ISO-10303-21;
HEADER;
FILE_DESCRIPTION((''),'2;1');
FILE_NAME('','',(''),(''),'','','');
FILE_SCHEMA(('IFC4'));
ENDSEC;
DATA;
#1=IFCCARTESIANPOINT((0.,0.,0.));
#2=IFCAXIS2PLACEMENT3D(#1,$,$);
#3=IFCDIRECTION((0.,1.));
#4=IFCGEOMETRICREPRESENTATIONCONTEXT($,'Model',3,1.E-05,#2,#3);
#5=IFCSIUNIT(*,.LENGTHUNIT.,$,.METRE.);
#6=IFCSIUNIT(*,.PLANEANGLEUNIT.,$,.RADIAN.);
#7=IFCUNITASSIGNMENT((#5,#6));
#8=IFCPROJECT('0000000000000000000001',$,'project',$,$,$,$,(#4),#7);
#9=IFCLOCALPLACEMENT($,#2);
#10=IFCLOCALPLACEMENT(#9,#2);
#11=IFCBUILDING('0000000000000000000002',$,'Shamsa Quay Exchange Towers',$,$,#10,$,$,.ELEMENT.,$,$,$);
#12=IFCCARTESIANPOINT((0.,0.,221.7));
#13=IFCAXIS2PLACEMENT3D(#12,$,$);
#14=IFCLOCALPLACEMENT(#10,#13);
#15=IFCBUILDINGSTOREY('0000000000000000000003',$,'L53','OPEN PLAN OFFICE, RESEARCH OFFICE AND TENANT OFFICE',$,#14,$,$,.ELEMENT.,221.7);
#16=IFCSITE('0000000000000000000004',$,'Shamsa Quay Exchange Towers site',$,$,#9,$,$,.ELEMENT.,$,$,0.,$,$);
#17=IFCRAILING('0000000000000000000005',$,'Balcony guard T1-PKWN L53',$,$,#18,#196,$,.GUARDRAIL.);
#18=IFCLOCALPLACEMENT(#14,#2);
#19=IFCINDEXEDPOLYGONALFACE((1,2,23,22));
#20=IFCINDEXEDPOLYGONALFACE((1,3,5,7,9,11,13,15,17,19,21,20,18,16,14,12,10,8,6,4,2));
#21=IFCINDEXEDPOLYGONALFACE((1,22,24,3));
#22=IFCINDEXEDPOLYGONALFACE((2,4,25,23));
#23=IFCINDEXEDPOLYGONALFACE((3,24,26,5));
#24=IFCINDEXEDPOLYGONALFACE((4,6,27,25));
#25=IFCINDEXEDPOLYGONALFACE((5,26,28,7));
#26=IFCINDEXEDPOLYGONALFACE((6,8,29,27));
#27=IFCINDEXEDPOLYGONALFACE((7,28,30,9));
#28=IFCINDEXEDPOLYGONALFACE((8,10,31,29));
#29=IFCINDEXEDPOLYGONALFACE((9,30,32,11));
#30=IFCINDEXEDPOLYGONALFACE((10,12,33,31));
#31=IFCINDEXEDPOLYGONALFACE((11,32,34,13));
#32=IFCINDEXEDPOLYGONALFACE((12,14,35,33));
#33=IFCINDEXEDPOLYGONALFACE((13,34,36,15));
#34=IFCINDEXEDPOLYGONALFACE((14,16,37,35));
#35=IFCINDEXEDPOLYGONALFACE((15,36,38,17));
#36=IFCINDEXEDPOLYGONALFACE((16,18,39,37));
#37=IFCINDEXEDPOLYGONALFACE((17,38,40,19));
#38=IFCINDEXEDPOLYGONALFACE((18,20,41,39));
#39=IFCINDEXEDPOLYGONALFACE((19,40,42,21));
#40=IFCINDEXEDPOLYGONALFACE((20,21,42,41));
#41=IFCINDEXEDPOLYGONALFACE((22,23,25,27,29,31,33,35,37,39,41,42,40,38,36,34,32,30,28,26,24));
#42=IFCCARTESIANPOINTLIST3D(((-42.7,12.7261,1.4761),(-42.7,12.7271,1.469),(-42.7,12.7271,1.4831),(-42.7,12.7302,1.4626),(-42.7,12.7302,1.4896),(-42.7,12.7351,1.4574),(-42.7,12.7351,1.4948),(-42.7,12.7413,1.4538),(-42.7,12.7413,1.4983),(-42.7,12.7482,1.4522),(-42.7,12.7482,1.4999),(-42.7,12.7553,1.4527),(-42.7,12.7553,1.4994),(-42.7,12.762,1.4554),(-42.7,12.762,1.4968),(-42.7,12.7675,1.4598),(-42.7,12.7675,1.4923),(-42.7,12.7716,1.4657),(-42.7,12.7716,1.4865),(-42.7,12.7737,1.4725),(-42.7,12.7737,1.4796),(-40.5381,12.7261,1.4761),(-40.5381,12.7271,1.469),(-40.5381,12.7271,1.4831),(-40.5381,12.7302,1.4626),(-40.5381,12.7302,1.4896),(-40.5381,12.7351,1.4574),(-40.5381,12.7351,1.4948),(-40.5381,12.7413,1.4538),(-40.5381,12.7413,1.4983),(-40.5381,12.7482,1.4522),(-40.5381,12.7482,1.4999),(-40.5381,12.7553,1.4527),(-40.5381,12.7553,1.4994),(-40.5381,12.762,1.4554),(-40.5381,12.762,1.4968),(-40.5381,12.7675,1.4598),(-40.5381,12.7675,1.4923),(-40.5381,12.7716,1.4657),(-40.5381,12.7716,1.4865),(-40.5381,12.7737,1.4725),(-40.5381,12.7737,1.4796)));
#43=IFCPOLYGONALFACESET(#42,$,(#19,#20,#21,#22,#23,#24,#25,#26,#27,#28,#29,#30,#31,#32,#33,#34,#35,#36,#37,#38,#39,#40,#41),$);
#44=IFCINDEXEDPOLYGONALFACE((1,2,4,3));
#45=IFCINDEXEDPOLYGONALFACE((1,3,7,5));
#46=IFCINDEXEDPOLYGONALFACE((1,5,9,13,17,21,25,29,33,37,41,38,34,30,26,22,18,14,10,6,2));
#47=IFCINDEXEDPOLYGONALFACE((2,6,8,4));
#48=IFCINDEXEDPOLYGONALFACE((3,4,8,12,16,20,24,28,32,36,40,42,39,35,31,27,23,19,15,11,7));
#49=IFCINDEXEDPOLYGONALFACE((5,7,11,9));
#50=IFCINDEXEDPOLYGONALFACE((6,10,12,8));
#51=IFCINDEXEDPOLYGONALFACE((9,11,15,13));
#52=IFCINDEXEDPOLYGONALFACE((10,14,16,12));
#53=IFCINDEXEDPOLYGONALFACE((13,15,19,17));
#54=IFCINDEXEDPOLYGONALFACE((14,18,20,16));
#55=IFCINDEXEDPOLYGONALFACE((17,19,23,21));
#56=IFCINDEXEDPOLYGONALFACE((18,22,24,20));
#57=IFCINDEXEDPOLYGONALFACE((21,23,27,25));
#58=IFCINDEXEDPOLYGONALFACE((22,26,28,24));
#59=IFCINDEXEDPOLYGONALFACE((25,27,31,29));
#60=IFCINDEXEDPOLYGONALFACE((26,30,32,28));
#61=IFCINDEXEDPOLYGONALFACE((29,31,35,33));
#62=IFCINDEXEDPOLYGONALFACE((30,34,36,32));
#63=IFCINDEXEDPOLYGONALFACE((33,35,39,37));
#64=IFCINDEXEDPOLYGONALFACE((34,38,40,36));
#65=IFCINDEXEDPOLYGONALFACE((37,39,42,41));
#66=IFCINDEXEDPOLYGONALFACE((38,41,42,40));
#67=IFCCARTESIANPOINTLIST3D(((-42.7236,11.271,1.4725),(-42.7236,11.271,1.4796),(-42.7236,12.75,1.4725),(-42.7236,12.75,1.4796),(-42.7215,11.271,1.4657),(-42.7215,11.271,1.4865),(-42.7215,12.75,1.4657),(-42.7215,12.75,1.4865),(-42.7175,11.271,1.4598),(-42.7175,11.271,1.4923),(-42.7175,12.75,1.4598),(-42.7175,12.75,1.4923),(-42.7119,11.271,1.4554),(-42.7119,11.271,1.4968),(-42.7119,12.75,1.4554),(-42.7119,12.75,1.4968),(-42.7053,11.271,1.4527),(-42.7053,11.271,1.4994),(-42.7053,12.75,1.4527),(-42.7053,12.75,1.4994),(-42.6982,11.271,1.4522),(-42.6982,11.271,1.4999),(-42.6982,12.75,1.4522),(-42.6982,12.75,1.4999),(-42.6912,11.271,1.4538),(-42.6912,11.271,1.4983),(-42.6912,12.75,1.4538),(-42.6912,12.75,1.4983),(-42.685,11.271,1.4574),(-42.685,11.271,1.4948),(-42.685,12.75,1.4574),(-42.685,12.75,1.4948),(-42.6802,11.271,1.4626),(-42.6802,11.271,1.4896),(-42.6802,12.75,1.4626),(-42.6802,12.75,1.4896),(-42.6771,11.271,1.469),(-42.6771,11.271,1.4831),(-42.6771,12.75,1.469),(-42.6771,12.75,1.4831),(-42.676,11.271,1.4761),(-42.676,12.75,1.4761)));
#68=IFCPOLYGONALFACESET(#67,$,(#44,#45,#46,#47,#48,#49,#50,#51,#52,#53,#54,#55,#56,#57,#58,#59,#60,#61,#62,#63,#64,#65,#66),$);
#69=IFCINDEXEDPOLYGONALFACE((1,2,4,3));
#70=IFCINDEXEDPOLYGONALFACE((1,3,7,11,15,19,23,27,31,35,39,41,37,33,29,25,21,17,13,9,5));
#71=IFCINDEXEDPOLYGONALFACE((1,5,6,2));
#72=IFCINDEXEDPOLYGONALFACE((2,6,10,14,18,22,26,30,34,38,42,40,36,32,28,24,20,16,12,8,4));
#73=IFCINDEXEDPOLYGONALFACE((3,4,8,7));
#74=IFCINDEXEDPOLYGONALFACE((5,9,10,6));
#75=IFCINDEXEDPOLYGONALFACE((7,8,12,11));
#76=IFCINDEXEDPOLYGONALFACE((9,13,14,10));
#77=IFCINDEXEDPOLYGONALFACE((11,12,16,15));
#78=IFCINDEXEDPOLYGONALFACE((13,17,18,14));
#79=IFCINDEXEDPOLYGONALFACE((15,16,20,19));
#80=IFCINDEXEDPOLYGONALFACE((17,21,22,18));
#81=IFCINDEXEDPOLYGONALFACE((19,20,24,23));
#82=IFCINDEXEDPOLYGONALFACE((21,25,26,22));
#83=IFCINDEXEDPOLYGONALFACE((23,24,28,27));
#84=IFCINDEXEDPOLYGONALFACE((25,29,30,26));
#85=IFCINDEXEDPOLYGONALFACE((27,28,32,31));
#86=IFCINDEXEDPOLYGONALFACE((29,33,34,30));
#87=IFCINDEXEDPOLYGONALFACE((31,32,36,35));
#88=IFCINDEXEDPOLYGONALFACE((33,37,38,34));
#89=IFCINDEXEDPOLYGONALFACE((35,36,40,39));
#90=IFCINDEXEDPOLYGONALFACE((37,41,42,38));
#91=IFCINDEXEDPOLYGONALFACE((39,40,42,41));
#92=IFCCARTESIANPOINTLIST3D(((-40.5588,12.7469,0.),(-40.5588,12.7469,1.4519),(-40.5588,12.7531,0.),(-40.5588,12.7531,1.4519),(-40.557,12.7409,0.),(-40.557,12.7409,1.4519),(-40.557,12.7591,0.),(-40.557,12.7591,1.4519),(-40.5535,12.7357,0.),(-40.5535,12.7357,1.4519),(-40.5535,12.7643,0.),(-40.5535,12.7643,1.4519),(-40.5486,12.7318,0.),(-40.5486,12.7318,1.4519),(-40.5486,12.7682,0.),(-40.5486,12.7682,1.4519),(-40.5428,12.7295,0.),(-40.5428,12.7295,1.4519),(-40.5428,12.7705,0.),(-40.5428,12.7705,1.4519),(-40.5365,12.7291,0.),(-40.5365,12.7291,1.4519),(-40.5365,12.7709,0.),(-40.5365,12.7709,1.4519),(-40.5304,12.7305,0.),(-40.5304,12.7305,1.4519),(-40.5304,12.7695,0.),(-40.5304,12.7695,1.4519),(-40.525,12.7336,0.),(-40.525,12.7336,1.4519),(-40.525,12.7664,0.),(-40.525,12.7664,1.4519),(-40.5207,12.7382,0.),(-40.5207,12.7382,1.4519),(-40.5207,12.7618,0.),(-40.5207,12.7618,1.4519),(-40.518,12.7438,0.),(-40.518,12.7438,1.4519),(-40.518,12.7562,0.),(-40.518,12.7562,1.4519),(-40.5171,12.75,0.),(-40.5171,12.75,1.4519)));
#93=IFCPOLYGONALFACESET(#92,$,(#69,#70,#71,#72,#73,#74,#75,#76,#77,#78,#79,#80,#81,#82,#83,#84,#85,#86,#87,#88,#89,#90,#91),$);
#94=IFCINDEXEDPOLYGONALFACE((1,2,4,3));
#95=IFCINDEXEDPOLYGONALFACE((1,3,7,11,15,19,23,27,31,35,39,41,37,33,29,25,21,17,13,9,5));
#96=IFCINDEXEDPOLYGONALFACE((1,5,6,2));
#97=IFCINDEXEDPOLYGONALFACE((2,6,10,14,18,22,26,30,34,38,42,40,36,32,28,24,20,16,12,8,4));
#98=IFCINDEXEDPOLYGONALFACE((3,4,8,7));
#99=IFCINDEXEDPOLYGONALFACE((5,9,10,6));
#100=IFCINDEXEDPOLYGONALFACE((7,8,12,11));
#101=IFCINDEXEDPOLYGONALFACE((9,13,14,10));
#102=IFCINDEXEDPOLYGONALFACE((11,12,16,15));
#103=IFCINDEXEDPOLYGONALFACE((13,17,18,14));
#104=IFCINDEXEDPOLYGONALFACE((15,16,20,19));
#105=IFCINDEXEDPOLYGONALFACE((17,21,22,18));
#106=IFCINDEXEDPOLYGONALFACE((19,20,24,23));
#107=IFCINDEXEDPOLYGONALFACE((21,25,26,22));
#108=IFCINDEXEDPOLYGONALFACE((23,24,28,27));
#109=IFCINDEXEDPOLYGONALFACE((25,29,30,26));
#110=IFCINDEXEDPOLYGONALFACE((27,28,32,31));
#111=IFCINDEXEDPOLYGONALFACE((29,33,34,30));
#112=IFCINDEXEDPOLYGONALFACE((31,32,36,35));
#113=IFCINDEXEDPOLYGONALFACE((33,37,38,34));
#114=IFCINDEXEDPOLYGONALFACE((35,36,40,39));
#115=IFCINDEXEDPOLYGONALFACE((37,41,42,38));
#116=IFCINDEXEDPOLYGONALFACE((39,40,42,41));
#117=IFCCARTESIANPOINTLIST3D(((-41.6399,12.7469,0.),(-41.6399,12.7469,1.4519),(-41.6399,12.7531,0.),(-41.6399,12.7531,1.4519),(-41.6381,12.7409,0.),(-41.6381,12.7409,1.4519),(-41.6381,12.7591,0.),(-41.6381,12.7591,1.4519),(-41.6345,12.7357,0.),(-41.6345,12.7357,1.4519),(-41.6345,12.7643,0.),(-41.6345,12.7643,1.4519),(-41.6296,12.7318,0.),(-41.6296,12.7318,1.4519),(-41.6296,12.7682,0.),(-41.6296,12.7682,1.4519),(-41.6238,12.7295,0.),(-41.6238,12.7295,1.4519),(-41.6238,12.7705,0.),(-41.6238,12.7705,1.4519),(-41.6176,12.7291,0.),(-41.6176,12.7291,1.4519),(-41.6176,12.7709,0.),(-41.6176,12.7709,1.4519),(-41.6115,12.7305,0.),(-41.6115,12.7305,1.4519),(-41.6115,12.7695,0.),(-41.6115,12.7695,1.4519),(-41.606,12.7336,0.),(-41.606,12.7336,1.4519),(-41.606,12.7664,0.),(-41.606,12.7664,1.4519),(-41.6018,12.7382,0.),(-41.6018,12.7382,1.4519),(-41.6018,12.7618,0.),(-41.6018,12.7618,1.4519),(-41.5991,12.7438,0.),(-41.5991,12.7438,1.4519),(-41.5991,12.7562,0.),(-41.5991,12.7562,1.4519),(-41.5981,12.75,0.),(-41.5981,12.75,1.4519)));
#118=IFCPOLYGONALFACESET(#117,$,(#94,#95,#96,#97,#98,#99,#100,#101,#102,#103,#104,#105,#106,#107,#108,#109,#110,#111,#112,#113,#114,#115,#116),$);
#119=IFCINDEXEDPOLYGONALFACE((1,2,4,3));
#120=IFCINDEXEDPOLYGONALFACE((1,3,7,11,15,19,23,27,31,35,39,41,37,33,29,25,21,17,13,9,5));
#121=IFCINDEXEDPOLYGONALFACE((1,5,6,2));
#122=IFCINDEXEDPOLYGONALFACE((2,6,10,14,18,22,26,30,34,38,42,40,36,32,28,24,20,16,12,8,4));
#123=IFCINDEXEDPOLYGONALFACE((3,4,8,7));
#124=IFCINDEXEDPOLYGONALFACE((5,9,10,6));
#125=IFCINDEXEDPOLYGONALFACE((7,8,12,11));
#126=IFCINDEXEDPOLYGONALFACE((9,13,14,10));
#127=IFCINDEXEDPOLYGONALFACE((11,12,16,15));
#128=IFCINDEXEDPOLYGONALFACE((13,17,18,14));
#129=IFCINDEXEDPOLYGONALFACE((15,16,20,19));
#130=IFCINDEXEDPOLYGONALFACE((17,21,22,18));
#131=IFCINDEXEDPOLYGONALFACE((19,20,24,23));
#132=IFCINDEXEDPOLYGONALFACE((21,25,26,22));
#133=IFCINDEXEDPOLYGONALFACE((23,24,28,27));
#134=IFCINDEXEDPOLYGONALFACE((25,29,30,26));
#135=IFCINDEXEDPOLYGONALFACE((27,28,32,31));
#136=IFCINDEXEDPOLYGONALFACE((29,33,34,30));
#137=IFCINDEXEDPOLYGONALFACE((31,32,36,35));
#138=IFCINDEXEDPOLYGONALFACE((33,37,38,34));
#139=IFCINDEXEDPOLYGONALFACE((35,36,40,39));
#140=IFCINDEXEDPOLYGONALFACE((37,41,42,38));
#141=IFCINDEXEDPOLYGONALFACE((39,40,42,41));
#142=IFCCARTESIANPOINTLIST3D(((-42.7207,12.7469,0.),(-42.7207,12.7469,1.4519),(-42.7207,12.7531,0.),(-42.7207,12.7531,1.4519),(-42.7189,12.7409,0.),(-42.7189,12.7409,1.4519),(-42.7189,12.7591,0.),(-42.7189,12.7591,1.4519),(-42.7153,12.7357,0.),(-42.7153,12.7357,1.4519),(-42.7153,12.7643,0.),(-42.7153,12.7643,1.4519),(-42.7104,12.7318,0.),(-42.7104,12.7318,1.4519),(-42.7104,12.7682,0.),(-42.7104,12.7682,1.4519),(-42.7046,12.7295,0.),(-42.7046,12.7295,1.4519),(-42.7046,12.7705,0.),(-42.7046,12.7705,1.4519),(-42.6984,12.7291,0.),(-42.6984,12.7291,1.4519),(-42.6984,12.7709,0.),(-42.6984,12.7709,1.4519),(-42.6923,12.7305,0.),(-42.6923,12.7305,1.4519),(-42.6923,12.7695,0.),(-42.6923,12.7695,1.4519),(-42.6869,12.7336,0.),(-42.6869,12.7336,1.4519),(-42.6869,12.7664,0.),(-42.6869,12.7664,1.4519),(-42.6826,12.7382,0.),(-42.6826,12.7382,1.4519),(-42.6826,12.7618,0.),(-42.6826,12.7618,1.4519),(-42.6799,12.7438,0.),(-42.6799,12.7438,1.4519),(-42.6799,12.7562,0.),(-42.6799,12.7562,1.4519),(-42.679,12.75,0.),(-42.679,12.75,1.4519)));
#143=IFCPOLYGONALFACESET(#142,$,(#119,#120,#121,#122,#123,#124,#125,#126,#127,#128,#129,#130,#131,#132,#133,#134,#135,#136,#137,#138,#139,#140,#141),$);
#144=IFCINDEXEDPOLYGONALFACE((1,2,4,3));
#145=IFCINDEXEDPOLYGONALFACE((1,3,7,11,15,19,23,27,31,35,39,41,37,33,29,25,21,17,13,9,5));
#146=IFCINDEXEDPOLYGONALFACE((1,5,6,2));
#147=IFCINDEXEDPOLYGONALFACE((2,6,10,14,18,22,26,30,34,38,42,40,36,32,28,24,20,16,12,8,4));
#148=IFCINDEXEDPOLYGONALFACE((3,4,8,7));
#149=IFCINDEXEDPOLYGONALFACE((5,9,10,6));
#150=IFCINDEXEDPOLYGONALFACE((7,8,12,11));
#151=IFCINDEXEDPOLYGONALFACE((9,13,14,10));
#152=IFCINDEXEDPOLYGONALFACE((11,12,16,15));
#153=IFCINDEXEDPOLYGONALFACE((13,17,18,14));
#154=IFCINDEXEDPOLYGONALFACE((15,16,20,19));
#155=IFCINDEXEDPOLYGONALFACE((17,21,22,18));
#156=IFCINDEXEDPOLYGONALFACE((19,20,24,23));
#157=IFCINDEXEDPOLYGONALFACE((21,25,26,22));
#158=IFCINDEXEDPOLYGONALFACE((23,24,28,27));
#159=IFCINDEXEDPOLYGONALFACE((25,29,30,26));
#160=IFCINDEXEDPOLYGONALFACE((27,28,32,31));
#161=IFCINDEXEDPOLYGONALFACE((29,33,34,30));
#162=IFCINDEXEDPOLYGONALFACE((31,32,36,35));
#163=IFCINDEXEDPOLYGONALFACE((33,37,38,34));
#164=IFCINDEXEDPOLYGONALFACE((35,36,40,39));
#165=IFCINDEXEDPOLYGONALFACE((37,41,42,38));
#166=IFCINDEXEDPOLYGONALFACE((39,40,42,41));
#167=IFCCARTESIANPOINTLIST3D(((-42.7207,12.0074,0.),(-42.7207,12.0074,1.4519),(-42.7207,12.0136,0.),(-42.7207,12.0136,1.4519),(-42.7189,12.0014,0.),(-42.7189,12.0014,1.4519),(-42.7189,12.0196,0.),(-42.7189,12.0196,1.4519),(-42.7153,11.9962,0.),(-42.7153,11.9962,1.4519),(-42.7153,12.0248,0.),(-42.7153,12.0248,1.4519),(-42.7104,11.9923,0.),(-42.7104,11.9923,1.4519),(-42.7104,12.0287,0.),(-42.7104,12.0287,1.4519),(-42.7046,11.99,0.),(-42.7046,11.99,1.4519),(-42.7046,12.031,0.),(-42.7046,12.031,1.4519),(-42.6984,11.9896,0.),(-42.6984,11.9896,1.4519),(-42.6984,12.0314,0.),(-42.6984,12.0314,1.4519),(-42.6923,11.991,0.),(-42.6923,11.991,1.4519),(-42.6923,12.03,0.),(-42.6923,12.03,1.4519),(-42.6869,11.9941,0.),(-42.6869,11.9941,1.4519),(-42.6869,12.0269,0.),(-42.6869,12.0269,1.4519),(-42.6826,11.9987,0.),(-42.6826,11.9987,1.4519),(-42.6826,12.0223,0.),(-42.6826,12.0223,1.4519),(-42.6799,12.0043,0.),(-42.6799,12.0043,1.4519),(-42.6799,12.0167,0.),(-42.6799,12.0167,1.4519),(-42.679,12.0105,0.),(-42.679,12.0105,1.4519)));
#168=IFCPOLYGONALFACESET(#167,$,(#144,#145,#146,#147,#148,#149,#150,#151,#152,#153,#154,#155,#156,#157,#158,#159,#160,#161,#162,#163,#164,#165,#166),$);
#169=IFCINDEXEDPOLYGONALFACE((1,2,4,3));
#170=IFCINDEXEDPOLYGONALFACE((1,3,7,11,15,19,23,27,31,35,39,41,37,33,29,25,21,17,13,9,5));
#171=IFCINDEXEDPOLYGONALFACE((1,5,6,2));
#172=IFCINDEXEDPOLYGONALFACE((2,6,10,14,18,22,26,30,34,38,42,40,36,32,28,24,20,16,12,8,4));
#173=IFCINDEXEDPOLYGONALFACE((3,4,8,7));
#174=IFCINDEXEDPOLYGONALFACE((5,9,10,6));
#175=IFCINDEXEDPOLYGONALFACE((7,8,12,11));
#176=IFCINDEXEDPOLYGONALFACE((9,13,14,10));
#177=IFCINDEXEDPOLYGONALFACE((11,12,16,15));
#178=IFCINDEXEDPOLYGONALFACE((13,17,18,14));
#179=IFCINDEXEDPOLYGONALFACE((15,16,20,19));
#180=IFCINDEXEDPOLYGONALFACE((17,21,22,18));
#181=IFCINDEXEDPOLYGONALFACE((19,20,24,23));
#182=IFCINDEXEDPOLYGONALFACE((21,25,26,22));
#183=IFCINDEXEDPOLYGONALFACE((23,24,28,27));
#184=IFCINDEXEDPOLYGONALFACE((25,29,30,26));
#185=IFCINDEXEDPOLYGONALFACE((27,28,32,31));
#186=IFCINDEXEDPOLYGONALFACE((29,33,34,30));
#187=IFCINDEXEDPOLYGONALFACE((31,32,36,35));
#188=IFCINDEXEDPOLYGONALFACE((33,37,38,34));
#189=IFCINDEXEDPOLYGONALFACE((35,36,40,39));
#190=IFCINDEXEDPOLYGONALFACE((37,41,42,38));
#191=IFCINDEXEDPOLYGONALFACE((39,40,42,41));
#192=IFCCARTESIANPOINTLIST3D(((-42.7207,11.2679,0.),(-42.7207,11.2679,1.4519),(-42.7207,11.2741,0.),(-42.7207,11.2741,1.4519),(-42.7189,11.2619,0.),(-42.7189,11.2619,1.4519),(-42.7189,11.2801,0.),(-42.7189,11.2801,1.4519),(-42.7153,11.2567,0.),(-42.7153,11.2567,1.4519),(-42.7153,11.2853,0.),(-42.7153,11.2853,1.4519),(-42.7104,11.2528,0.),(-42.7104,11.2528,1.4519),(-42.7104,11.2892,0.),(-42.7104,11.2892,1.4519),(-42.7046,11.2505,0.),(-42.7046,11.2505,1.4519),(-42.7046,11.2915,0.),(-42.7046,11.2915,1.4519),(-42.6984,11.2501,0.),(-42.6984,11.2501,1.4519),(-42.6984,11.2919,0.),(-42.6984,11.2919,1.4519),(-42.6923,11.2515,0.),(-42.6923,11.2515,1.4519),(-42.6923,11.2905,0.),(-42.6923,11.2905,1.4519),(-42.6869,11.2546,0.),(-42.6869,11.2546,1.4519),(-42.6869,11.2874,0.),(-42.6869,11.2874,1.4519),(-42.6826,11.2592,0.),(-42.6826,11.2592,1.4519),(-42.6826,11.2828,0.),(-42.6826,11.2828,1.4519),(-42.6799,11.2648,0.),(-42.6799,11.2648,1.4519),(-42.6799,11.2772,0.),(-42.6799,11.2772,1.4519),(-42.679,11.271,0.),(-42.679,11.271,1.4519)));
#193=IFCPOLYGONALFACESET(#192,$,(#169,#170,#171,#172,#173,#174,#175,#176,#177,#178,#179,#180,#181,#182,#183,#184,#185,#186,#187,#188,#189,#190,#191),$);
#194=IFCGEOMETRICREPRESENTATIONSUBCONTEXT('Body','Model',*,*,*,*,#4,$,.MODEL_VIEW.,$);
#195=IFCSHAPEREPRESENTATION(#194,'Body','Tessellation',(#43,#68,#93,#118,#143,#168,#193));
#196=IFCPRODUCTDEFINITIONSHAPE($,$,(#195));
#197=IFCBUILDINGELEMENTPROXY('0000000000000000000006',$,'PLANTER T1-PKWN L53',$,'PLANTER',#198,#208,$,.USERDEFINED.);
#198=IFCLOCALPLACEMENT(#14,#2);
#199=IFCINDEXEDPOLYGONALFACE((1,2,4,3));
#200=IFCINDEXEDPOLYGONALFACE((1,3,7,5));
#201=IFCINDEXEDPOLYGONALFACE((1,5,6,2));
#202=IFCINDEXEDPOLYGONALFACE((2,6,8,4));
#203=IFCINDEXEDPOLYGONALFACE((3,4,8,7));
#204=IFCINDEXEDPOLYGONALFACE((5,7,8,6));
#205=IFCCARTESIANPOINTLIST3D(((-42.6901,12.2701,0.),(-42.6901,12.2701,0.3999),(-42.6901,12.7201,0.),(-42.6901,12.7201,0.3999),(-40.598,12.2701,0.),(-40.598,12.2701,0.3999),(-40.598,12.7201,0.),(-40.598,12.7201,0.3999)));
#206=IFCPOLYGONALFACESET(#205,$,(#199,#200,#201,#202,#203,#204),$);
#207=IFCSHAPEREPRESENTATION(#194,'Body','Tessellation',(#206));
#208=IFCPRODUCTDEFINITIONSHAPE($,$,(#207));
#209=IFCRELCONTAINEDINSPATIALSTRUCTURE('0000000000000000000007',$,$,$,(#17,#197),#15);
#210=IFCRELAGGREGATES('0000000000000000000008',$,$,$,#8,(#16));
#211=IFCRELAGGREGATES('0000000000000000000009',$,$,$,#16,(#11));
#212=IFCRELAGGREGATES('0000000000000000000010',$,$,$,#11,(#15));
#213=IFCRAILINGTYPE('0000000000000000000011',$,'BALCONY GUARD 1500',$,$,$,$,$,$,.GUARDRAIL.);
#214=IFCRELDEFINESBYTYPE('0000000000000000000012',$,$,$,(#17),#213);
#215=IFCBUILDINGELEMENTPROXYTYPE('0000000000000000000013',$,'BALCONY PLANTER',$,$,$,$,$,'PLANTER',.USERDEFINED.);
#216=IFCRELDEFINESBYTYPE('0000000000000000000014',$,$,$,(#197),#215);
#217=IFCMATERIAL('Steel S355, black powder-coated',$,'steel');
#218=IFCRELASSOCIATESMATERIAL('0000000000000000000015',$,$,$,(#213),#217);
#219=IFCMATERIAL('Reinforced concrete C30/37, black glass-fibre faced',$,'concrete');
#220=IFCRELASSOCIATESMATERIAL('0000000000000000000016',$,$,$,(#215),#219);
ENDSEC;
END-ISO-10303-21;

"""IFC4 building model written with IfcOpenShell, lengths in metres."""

from ifc_helpers import new_model, si_unit, direction, frame, origin, origin_2d, place, context, subcontext, project, spatial, rectangle, circle, extrude, material, type_object, element, save


model = new_model("IFC4")

# Units and contexts
model_context = context("Model", 3, precision=1e-05, world=origin(), true_north=direction((0.0, 1.0)))
body_context = subcontext(model_context, "Body", "Model", "MODEL_VIEW")
ifc_project = project(units=[si_unit("LENGTHUNIT", "METRE"), si_unit("PLANEANGLEUNIT", "RADIAN")], contexts=[model_context])

# Site, building, storey
site_placement = place(None, origin())
site = spatial("IfcSite", under=ifc_project, at=site_placement, Name="Shamsa Quay Exchange Towers site", CompositionType="ELEMENT", RefElevation=0.0)
building_placement = place(site_placement, origin())
building = spatial("IfcBuilding", under=site, at=building_placement, Name="Shamsa Quay Exchange Towers", CompositionType="ELEMENT")
storey_placement = place(building_placement, frame((0.0, 0.0, 221.7)))
storey = spatial("IfcBuildingStorey", under=building, at=storey_placement, Name="L53", Description="OPEN PLAN OFFICE, RESEARCH OFFICE AND TENANT OFFICE", CompositionType="ELEMENT", Elevation=221.7)

# Railing
ifc_material_1 = material(Name="Steel S355, black powder-coated", Category="steel")
railing_type_1 = type_object("IfcRailingType", Name="BALCONY GUARD 1500", PredefinedType="GUARDRAIL", material=ifc_material_1)
railing_1_placement = place(storey_placement, frame((-40.5381, 12.75, 0.0)))
element("IfcRailing", 1, at=railing_1_placement, inside=storey, type_object=railing_type_1, Name="Balcony guard T1-PKWN L53", PredefinedType="GUARDRAIL", context=body_context, shape_type="SweptSolid", body=[
    extrude(circle(Radius=0.0239, at=origin_2d()), frame((0.0, 0.0, 1.4761), z_axis=(-1.0, 0.0, 0.0), x_axis=(0.0, -1.0, 0.0)), (0.0, 0.0, 1.0), 2.1619),
    extrude(circle(Radius=0.0239, at=origin_2d()), frame((-2.1619, 0.0, 1.4761), z_axis=(0.0, -1.0, 0.0), x_axis=(1.0, 0.0, 0.0)), (0.0, 0.0, 1.0), 1.479),
    extrude(circle(Radius=0.021, at=origin_2d()), origin(), (0.0, 0.0, 1.0), 1.4519),
    extrude(circle(Radius=0.021, at=origin_2d()), frame((-1.0811, 0.0, 0.0)), (0.0, 0.0, 1.0), 1.4519),
    extrude(circle(Radius=0.021, at=origin_2d()), frame((-2.1619, 0.0, 0.0)), (0.0, 0.0, 1.0), 1.4519),
    extrude(circle(Radius=0.021, at=origin_2d()), frame((-2.1619, -0.7395, 0.0)), (0.0, 0.0, 1.0), 1.4519),
    extrude(circle(Radius=0.021, at=origin_2d()), frame((-2.1619, -1.479, 0.0)), (0.0, 0.0, 1.0), 1.4519),
])

# Building element proxy
ifc_material_2 = material(Name="Reinforced concrete C30/37, black glass-fibre faced", Category="concrete")
building_element_proxy_type = type_object("IfcBuildingElementProxyType", Name="BALCONY PLANTER", ElementType="PLANTER", PredefinedType="USERDEFINED", material=ifc_material_2)
proxy_placement = place(storey_placement, frame((-41.644, 12.4951, 0.0), z_axis=(0.0, 0.0, 1.0), x_axis=(-1.0, 0.0, 0.0)))
element("IfcBuildingElementProxy", 2, at=proxy_placement, inside=storey, type_object=building_element_proxy_type, Name="PLANTER T1-PKWN L53", ObjectType="PLANTER", PredefinedType="USERDEFINED", context=body_context, shape_type="SweptSolid", body=[
    extrude(rectangle(XDim=2.092, YDim=0.45, at=origin_2d()), origin(), (0.0, 0.0, 1.0), 0.3999),
])

save(model, "model.ifc")
